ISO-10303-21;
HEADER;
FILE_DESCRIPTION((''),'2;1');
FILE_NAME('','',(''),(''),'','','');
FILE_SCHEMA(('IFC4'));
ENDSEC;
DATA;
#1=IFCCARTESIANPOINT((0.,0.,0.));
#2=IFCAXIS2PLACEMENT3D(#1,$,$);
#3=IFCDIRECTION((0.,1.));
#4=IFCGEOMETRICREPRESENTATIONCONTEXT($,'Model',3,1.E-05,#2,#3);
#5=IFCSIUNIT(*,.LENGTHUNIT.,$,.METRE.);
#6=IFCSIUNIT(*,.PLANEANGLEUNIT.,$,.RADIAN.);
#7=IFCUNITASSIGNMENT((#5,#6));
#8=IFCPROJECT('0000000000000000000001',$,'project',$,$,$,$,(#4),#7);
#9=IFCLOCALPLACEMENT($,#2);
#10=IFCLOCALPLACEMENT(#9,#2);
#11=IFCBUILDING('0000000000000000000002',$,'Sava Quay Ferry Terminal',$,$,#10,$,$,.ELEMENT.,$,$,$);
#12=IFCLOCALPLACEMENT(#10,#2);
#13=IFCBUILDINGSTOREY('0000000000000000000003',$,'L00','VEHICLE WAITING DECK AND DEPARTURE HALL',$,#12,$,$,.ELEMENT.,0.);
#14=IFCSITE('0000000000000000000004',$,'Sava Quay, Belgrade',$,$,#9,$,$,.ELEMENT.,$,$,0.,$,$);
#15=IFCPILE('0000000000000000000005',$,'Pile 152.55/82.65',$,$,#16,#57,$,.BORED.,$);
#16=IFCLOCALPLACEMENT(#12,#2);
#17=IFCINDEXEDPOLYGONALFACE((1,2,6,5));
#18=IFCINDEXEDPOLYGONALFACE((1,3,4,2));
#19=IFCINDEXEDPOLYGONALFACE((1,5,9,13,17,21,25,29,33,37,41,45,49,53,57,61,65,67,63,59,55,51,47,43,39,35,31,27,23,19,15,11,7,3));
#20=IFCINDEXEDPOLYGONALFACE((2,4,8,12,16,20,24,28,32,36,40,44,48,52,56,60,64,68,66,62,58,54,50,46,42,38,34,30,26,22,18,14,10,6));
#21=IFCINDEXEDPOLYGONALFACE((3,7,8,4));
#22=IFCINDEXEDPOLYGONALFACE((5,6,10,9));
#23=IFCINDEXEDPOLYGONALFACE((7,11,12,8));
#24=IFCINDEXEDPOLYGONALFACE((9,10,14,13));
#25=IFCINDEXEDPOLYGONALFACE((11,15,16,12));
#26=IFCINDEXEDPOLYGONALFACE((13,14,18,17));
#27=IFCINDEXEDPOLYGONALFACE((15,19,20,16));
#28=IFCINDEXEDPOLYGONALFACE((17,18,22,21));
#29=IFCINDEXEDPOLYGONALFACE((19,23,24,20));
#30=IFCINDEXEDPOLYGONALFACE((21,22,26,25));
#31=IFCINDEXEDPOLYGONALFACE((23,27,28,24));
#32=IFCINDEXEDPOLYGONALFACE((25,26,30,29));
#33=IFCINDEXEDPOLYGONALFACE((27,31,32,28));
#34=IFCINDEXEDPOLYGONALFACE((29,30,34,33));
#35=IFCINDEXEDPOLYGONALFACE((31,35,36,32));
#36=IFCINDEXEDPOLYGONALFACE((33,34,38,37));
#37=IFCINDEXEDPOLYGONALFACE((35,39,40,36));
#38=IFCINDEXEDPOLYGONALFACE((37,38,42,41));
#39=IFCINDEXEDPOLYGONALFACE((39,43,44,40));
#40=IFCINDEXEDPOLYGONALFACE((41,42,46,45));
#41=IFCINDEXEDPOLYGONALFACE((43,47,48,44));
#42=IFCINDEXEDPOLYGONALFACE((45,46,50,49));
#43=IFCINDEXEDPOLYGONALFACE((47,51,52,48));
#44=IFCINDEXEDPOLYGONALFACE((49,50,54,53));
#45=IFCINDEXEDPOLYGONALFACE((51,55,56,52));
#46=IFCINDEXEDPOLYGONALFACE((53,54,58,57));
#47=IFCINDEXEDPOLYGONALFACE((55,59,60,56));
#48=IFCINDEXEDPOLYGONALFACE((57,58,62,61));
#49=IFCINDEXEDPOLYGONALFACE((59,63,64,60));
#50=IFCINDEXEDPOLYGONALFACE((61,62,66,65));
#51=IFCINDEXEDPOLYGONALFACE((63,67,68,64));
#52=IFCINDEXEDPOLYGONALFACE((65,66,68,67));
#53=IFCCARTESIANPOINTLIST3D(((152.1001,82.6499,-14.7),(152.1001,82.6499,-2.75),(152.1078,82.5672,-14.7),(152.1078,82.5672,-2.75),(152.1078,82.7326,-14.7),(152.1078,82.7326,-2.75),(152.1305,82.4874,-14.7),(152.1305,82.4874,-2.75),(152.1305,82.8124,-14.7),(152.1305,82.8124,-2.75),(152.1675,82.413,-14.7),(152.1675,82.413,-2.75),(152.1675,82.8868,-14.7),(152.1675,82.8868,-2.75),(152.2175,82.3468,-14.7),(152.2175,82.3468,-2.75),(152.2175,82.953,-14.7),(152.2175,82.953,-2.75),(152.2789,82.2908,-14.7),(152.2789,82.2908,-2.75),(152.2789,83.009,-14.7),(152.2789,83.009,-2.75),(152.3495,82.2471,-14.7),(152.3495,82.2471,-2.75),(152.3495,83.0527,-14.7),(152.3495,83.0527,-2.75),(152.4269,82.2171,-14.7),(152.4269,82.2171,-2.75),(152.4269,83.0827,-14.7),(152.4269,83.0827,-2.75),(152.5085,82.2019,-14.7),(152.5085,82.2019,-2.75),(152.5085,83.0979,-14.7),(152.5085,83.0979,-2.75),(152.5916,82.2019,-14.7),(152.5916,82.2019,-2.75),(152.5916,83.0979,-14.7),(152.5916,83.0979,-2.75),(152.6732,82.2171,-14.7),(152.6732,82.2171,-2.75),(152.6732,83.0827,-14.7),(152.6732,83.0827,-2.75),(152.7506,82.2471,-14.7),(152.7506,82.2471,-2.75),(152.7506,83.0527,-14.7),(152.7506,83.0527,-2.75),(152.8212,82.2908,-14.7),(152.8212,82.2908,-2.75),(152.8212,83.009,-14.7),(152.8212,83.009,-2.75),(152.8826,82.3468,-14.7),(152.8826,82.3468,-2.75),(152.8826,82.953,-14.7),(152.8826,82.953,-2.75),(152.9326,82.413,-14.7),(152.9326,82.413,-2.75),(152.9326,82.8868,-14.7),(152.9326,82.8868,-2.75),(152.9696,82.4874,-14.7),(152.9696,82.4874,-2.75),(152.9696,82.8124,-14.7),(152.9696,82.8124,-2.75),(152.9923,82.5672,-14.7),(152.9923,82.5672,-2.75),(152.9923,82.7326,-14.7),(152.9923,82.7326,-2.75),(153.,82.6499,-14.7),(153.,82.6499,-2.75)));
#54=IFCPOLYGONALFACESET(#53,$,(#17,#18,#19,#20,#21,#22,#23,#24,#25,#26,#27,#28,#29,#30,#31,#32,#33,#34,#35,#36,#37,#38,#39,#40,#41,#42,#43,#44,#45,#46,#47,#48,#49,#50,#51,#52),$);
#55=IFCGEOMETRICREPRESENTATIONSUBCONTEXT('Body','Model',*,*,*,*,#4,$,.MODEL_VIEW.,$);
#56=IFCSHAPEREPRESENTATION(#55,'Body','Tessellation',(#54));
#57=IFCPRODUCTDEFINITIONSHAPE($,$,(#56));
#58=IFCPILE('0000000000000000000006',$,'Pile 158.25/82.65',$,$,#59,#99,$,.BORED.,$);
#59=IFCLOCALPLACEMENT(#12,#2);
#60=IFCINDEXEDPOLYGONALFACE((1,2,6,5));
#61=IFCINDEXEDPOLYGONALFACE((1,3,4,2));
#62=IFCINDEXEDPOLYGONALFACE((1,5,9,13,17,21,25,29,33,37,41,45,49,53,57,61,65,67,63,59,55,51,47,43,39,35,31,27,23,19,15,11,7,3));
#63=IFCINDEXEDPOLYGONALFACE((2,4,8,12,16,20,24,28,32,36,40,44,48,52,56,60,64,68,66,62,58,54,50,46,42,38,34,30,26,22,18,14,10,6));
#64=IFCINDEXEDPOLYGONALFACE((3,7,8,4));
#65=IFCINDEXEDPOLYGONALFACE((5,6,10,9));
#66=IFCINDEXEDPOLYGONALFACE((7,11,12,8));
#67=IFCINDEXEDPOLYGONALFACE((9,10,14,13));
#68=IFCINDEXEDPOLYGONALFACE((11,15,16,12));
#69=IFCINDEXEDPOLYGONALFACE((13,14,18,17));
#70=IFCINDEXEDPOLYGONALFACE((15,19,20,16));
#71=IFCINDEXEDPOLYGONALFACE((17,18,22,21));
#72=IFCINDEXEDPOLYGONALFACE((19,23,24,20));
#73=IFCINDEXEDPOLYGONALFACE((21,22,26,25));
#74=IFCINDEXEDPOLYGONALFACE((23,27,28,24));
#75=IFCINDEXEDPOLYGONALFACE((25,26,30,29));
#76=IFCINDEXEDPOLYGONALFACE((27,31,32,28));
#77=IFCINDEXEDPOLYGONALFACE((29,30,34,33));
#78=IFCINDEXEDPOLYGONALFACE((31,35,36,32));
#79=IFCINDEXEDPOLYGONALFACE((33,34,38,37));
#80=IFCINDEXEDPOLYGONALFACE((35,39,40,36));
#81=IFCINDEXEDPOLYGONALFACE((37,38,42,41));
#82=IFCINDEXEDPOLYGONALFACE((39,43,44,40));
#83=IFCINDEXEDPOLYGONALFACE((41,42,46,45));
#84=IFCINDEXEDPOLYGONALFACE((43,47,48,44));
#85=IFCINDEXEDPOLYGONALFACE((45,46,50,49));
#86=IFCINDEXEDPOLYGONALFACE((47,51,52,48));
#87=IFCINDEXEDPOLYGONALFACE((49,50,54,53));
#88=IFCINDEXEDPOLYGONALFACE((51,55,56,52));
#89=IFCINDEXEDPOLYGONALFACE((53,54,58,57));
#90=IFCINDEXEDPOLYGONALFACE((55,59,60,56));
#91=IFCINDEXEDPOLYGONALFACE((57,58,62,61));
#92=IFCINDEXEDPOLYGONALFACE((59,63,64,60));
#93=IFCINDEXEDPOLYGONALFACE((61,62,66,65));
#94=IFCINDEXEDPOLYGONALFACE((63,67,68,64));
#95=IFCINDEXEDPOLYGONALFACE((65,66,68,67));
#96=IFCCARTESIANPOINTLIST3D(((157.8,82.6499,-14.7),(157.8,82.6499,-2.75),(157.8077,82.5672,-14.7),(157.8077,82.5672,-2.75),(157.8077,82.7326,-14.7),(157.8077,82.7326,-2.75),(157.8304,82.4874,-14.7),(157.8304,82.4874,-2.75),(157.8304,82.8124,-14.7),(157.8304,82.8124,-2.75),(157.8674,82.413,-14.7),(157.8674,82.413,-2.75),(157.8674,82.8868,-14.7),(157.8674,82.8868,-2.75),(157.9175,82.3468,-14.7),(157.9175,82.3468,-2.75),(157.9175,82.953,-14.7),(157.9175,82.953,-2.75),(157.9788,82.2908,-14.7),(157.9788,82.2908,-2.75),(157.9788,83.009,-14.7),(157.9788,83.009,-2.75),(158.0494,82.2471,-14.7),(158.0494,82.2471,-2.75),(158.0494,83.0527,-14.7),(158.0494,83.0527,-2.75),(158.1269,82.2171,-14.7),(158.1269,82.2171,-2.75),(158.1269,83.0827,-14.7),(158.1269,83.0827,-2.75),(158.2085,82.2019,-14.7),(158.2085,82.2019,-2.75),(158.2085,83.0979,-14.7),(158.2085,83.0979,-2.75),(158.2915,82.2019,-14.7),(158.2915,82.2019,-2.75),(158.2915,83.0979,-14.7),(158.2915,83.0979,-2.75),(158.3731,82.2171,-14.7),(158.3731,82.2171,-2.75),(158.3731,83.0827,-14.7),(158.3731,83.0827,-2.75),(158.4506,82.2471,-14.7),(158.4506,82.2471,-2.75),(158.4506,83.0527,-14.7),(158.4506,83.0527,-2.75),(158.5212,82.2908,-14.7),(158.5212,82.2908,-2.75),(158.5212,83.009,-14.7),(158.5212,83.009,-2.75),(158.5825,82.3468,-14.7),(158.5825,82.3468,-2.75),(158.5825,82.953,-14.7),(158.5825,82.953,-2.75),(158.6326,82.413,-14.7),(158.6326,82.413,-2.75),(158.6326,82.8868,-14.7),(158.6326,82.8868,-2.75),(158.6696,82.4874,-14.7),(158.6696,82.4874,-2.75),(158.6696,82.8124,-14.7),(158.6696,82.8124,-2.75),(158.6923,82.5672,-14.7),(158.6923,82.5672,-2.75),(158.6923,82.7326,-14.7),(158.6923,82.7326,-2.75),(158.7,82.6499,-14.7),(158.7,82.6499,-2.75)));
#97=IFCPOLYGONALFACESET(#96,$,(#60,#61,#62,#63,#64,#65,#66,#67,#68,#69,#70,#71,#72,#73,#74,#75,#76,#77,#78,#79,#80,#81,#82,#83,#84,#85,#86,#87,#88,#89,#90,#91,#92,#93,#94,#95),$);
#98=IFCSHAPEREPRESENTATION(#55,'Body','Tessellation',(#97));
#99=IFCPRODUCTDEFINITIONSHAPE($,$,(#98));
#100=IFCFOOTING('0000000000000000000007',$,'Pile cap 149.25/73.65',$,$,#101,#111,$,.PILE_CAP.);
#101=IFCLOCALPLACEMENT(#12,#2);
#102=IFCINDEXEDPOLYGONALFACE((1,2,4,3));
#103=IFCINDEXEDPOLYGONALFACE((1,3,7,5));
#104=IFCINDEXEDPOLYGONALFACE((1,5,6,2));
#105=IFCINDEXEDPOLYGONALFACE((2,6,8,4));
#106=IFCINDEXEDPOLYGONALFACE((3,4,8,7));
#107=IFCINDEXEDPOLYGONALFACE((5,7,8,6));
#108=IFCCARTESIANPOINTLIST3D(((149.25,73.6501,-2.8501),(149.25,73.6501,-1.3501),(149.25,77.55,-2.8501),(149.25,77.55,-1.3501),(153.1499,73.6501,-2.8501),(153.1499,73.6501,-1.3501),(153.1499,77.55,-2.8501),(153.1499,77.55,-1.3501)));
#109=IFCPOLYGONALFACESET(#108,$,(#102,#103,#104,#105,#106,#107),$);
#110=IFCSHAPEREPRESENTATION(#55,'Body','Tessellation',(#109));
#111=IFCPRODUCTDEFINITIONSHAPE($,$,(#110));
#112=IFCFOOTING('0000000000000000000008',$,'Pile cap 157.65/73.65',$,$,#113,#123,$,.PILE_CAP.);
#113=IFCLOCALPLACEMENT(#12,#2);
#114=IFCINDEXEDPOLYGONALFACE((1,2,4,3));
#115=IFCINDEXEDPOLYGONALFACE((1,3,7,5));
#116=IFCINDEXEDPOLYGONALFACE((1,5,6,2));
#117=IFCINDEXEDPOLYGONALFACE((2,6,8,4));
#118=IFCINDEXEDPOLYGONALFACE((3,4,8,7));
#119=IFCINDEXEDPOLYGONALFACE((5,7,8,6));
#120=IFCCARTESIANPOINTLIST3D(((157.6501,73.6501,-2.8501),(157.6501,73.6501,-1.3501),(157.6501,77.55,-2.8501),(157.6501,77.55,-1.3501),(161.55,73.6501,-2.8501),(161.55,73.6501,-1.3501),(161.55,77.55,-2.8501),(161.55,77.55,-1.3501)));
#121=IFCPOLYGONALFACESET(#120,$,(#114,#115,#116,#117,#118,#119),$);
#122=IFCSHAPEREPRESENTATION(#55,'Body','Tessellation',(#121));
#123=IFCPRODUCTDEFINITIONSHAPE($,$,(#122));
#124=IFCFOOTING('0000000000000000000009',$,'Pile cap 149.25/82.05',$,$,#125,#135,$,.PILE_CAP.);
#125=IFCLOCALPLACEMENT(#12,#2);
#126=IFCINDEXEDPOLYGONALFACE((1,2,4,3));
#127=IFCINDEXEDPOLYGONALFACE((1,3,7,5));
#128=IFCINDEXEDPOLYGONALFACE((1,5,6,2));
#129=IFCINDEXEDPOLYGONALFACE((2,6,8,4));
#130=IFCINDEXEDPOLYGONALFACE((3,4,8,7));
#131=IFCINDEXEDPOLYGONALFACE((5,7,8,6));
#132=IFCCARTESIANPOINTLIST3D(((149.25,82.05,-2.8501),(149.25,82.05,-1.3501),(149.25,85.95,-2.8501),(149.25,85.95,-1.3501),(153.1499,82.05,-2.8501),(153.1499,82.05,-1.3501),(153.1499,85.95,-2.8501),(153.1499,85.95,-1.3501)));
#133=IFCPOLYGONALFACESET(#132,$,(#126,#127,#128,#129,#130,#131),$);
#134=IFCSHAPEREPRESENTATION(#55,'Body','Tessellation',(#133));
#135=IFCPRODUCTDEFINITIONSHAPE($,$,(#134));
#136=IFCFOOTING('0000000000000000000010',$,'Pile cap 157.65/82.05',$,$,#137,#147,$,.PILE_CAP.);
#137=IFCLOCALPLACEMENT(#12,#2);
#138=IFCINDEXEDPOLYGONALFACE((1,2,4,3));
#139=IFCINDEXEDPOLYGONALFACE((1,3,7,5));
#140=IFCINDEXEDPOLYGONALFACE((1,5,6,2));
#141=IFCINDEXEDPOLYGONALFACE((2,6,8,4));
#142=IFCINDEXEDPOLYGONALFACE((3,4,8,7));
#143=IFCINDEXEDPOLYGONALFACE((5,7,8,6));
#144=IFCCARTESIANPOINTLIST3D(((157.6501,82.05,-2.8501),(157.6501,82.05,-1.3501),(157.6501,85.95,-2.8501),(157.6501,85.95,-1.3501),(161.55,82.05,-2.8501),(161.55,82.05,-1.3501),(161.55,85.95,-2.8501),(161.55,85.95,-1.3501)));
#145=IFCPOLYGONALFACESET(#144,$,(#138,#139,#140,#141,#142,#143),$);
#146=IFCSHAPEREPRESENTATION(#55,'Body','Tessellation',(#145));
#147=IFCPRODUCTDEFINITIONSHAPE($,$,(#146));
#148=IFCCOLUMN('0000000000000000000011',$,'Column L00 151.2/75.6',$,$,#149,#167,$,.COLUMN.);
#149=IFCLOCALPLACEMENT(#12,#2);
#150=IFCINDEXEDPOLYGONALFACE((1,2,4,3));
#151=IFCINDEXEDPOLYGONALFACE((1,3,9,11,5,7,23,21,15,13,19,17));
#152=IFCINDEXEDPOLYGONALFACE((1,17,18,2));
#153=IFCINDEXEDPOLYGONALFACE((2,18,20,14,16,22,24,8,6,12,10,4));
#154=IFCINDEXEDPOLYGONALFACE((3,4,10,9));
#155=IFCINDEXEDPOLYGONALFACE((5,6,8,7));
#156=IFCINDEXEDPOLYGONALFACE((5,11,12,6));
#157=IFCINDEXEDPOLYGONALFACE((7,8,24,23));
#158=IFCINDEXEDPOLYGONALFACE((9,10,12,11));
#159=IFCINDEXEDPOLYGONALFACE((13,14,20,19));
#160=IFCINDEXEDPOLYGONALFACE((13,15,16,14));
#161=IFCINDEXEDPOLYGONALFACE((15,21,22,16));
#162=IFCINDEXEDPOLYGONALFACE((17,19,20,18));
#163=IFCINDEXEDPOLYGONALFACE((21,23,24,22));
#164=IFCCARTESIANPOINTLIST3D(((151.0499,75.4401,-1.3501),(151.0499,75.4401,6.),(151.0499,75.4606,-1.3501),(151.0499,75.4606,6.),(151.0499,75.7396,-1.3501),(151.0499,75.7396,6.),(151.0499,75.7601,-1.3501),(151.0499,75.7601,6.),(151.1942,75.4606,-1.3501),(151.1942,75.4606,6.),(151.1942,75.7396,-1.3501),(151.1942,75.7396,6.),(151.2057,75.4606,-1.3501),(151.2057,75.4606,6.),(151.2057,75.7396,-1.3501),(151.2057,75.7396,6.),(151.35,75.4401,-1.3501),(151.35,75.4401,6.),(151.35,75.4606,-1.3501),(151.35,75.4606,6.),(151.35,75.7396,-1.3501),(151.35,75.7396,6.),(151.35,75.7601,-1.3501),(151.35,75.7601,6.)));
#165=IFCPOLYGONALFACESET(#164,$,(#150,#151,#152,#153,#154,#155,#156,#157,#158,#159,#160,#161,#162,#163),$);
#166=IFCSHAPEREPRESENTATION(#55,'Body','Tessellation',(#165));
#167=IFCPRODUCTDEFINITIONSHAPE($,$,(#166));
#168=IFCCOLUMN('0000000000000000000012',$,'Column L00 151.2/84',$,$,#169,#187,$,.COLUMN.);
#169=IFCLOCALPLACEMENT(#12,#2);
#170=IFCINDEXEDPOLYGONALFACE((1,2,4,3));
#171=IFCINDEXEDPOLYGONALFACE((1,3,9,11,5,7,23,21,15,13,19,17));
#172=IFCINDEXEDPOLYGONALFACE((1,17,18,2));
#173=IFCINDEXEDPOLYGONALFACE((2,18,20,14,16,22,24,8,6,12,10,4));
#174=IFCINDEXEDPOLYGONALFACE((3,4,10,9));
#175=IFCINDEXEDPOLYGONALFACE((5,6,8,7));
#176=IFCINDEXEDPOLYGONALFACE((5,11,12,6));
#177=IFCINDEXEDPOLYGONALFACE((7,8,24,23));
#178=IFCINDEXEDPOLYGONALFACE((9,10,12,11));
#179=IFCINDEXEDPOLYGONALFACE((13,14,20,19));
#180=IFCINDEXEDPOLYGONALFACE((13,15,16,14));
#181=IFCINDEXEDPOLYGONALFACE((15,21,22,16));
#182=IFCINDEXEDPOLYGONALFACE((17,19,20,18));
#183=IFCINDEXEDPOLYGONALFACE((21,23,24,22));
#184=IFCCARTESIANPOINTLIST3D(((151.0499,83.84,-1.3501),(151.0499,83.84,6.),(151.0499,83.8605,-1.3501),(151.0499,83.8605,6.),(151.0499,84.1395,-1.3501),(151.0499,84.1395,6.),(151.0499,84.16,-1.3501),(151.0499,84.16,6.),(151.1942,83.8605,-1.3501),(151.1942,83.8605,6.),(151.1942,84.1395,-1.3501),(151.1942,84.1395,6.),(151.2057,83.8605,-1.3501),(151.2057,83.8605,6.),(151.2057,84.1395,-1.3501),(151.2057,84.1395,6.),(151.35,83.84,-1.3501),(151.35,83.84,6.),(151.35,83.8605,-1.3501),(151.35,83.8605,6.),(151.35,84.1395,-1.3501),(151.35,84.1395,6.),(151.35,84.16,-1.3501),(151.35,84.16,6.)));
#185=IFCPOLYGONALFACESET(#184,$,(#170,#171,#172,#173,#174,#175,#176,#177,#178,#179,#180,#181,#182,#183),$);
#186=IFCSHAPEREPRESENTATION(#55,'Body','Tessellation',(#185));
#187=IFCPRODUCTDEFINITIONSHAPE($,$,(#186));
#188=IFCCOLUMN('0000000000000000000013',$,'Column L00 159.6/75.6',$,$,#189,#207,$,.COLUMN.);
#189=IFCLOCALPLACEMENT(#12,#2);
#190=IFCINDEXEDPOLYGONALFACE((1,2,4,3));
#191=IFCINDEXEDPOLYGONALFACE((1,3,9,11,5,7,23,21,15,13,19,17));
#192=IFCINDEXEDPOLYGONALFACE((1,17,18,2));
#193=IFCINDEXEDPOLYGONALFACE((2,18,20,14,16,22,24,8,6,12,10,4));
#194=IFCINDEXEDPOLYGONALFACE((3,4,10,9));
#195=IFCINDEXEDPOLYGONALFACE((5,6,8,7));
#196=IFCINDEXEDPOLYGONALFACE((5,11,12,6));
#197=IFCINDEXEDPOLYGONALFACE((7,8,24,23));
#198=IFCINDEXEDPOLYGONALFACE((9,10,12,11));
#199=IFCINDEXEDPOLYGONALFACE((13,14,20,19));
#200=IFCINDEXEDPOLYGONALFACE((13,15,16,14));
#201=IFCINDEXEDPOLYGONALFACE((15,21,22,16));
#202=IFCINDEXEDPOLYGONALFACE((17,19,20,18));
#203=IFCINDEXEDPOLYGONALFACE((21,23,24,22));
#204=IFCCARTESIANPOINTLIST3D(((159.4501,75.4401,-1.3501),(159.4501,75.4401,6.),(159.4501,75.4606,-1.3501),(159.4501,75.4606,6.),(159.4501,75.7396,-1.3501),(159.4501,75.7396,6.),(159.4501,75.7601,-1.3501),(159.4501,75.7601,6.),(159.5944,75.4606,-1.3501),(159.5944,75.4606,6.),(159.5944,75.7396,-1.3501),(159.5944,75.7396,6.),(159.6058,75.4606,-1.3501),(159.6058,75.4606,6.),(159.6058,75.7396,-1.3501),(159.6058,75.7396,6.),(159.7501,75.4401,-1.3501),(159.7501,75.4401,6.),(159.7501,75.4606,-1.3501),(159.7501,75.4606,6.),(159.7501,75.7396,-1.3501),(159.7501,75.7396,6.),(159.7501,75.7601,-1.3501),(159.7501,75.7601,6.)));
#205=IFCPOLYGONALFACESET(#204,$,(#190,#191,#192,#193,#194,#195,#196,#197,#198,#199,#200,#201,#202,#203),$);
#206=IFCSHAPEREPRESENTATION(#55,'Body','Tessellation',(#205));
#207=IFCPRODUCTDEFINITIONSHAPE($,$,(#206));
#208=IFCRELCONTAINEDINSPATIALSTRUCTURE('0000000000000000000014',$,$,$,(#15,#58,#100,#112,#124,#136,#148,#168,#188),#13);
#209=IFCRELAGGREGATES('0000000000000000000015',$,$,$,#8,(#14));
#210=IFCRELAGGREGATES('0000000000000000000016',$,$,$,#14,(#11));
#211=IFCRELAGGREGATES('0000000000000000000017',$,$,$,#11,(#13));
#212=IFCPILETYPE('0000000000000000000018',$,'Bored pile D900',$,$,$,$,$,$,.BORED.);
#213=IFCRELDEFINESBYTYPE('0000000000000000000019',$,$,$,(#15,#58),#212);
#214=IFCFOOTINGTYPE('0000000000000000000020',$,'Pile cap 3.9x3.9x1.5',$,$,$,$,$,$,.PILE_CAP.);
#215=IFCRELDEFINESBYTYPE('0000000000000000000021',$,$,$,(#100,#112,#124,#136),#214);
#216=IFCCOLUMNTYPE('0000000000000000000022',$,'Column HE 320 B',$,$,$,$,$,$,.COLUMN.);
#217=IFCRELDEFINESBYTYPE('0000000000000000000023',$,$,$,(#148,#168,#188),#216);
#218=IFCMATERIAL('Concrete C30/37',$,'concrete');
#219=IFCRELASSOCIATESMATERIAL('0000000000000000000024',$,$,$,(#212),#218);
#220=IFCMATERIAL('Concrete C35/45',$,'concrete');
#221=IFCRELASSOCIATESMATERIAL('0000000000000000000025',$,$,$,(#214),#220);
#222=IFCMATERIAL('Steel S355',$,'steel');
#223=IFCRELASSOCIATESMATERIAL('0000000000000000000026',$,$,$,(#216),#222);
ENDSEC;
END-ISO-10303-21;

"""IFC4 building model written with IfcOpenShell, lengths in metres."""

from ifc_helpers import new_model, si_unit, direction, frame, origin, origin_2d, place, context, subcontext, project, spatial, rectangle, circle, i_section, extrude, material, material_profile, profile_set, type_object, element, save


model = new_model("IFC4")

# Units and contexts
model_context = context("Model", 3, precision=1e-05, world=origin(), true_north=direction((0.0, 1.0)))
body_context = subcontext(model_context, "Body", "Model", "MODEL_VIEW")
ifc_project = project(units=[si_unit("LENGTHUNIT", "METRE"), si_unit("PLANEANGLEUNIT", "RADIAN")], contexts=[model_context])

# Site, building, storey
site_placement = place(None, origin())
site = spatial("IfcSite", under=ifc_project, at=site_placement, Name="Sava Quay, Belgrade", CompositionType="ELEMENT", RefElevation=0.0)
building_placement = place(site_placement, origin())
building = spatial("IfcBuilding", under=site, at=building_placement, Name="Sava Quay Ferry Terminal", CompositionType="ELEMENT")
storey_placement = place(building_placement, origin())
storey = spatial("IfcBuildingStorey", under=building, at=storey_placement, Name="L00", Description="VEHICLE WAITING DECK AND DEPARTURE HALL", CompositionType="ELEMENT", Elevation=0.0)

# Piles
ifc_material_1 = material(Name="Concrete C30/37", Category="concrete")
ifc_material_profile_1 = material_profile(ifc_material_1, circle(Radius=0.45, at=origin_2d()), Name="Bored pile D900")
ifc_profile_set_1 = profile_set([ifc_material_profile_1], Name="Concrete C30/37")
pile_type = type_object("IfcPileType", Name="Bored pile D900", PredefinedType="BORED", material=ifc_profile_set_1)
for number, where, z_axis, x_axis, name in (
    (1, (152.55, 82.6499, -2.75), (0.0, 0.0, -1.0), (1.0, 0.0, 0.0), "Pile 152.55/82.65"),
    (2, (158.25, 82.6499, -2.75), (0.0, 0.0, -1.0), (1.0, 0.0, 0.0), "Pile 158.25/82.65"),
):
    element("IfcPile", number, at=place(storey_placement, frame(where, z_axis=z_axis, x_axis=x_axis)), inside=storey, type_object=pile_type, Name=name, PredefinedType="BORED", context=body_context, shape_type="SweptSolid", body=[
        extrude(circle(Radius=0.45, at=origin_2d()), origin(), (0.0, 0.0, 1.0), 11.95),
    ])

# Footings
ifc_material_2 = material(Name="Concrete C35/45", Category="concrete")
footing_type = type_object("IfcFootingType", Name="Pile cap 3.9x3.9x1.5", PredefinedType="PILE_CAP", material=ifc_material_2)
for number, where, z_axis, x_axis, name in (
    (3, (151.2, 75.6001, -2.8501), (0.0, 0.0, 1.0), (1.0, 0.0, 0.0), "Pile cap 149.25/73.65"),
    (4, (159.6001, 75.6001, -2.8501), (0.0, 0.0, 1.0), (1.0, 0.0, 0.0), "Pile cap 157.65/73.65"),
    (5, (151.2, 84.0, -2.8501), (0.0, 0.0, 1.0), (1.0, 0.0, 0.0), "Pile cap 149.25/82.05"),
    (6, (159.6001, 84.0, -2.8501), (0.0, 0.0, 1.0), (1.0, 0.0, 0.0), "Pile cap 157.65/82.05"),
):
    element("IfcFooting", number, at=place(storey_placement, frame(where, z_axis=z_axis, x_axis=x_axis)), inside=storey, type_object=footing_type, Name=name, PredefinedType="PILE_CAP", context=body_context, shape_type="SweptSolid", body=[
        extrude(rectangle(XDim=3.8999, YDim=3.8999, at=origin_2d()), origin(), (0.0, 0.0, 1.0), 1.5),
    ])

# Columns
ifc_material_3 = material(Name="Steel S355", Category="steel")
ifc_material_profile_2 = material_profile(ifc_material_3, i_section(OverallWidth=0.3, OverallDepth=0.3201, WebThickness=0.0115, FlangeThickness=0.0205, at=origin_2d()), Name="HE 320 B")
ifc_profile_set_2 = profile_set([ifc_material_profile_2], Name="Steel S355")
column_type = type_object("IfcColumnType", Name="Column HE 320 B", PredefinedType="COLUMN", material=ifc_profile_set_2)
for number, where, z_axis, x_axis, name in (
    (7, (151.2, 75.6001, -1.3501), (0.0, 0.0, 1.0), (1.0, 0.0, 0.0), "Column L00 151.2/75.6"),
    (8, (151.2, 84.0, -1.3501), (0.0, 0.0, 1.0), (1.0, 0.0, 0.0), "Column L00 151.2/84"),
    (9, (159.6001, 75.6001, -1.3501), (0.0, 0.0, 1.0), (1.0, 0.0, 0.0), "Column L00 159.6/75.6"),
):
    element("IfcColumn", number, at=place(storey_placement, frame(where, z_axis=z_axis, x_axis=x_axis)), inside=storey, type_object=column_type, Name=name, PredefinedType="COLUMN", context=body_context, shape_type="SweptSolid", body=[
        extrude(i_section(OverallWidth=0.3, OverallDepth=0.3201, WebThickness=0.0115, FlangeThickness=0.0205, at=origin_2d()), origin(), (0.0, 0.0, 1.0), 7.3501),
    ])

save(model, "model.ifc")
